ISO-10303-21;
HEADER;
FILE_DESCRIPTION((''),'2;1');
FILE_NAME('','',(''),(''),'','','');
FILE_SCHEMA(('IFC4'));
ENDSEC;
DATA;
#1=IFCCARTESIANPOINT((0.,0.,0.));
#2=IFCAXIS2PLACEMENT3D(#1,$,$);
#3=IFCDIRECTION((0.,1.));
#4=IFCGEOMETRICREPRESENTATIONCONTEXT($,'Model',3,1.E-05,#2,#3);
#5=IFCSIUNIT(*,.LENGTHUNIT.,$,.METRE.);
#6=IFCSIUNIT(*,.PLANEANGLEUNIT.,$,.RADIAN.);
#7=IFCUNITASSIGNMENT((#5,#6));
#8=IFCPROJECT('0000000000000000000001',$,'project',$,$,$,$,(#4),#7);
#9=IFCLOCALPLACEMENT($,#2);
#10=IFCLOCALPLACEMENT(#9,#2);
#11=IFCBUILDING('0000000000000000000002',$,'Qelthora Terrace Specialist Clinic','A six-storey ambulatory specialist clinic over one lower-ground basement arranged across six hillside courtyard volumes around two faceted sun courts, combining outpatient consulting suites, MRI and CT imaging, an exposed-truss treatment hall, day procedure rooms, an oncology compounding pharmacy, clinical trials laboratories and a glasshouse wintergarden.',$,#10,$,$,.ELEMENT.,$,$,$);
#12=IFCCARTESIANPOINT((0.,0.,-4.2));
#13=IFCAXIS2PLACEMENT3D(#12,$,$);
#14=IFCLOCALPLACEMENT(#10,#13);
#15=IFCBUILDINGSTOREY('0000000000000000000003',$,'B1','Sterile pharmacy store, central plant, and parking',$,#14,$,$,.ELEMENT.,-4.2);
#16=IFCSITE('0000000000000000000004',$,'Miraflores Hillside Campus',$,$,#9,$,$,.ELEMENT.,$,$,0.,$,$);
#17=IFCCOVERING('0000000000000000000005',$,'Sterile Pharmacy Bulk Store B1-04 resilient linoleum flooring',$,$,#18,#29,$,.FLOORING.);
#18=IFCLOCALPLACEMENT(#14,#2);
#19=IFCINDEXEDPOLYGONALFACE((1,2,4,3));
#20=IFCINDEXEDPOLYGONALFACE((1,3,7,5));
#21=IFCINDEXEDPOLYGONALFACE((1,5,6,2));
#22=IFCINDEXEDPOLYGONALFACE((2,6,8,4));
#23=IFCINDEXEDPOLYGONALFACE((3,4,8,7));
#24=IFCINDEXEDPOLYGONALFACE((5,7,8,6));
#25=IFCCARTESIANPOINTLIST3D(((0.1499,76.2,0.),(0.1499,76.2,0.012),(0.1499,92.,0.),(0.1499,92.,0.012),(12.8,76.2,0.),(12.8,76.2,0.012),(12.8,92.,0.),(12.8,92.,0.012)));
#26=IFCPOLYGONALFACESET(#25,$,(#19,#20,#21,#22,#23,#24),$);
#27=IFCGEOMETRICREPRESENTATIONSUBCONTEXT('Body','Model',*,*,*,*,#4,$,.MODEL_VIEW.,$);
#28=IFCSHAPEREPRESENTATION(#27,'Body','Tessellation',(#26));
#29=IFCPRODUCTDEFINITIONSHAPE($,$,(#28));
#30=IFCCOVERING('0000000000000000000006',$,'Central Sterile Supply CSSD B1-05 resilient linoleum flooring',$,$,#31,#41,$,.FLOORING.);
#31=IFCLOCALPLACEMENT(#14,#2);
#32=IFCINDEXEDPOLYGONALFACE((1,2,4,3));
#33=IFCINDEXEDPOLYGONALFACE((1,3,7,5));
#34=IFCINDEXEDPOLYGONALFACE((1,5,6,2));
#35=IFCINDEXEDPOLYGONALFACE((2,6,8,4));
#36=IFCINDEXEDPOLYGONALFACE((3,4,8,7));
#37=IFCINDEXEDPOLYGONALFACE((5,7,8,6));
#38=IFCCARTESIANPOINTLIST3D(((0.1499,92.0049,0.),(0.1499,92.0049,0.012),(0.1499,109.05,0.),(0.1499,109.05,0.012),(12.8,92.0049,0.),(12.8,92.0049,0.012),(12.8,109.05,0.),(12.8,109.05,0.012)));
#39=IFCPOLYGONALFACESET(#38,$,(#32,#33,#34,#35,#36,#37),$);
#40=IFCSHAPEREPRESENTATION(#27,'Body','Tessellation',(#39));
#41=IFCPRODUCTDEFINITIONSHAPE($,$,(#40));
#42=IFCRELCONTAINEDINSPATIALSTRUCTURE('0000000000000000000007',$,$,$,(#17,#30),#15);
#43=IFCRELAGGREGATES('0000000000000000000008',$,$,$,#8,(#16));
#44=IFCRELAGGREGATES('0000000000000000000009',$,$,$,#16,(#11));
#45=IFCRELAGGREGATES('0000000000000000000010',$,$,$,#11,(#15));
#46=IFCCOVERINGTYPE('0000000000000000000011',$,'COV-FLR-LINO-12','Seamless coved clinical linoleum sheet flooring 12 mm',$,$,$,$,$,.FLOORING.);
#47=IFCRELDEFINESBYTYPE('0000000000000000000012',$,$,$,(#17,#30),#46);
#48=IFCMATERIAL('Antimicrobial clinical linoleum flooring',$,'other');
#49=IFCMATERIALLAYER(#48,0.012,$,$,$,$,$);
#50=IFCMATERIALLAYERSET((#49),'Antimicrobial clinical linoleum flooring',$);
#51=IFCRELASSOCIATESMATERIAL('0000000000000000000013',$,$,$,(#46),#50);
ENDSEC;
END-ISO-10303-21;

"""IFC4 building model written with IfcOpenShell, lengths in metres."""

from ifc_helpers import new_model, si_unit, direction, frame, origin, place, context, subcontext, project, spatial, polyline, outline, extrude, material, layer, layer_set, type_object, element, save


model = new_model("IFC4")

# Units and contexts
model_context = context("Model", 3, precision=1e-05, world=origin(), true_north=direction((0.0, 1.0)))
body_context = subcontext(model_context, "Body", "Model", "MODEL_VIEW")
ifc_project = project(units=[si_unit("LENGTHUNIT", "METRE"), si_unit("PLANEANGLEUNIT", "RADIAN")], contexts=[model_context])

# Site, building, storey
site_placement = place(None, origin())
site = spatial("IfcSite", under=ifc_project, at=site_placement, Name="Miraflores Hillside Campus", CompositionType="ELEMENT", RefElevation=0.0)
building_placement = place(site_placement, origin())
building = spatial("IfcBuilding", under=site, at=building_placement, Name="Qelthora Terrace Specialist Clinic", Description="A six-storey ambulatory specialist clinic over one lower-ground basement arranged across six hillside courtyard volumes around two faceted sun courts, combining outpatient consulting suites, MRI and CT imaging, an exposed-truss treatment hall, day procedure rooms, an oncology compounding pharmacy, clinical trials laboratories and a glasshouse wintergarden.", CompositionType="ELEMENT")
storey_placement = place(building_placement, frame((0.0, 0.0, -4.2)))
storey = spatial("IfcBuildingStorey", under=building, at=storey_placement, Name="B1", Description="Sterile pharmacy store, central plant, and parking", CompositionType="ELEMENT", Elevation=-4.2)

# Coverings
ifc_material_1 = material(Name="Antimicrobial clinical linoleum flooring", Category="other")
ifc_layer_1 = layer(ifc_material_1, 0.012)
ifc_layer_set_1 = layer_set([ifc_layer_1], Name="Antimicrobial clinical linoleum flooring")
covering_type_1 = type_object("IfcCoveringType", Name="COV-FLR-LINO-12", Description="Seamless coved clinical linoleum sheet flooring 12 mm", PredefinedType="FLOORING", material=ifc_layer_set_1)
covering_1_placement = place(storey_placement, origin())
element("IfcCovering", 1, at=covering_1_placement, inside=storey, type_object=covering_type_1, Name="Sterile Pharmacy Bulk Store B1-04 resilient linoleum flooring", PredefinedType="FLOORING", context=body_context, shape_type="SweptSolid", body=[
    extrude(outline(polyline([(0.1499, 76.2), (0.1499, 92.0), (12.8, 92.0), (12.8, 76.2), (0.1499, 76.2)])), origin(), (0.0, 0.0, 1.0), 0.012),
])
covering_2_placement = place(storey_placement, origin())
element("IfcCovering", 2, at=covering_2_placement, inside=storey, type_object=covering_type_1, Name="Central Sterile Supply CSSD B1-05 resilient linoleum flooring", PredefinedType="FLOORING", context=body_context, shape_type="SweptSolid", body=[
    extrude(outline(polyline([(0.1499, 92.0049), (0.1499, 109.05), (12.8, 109.05), (12.8, 92.0049), (0.1499, 92.0049)])), origin(), (0.0, 0.0, 1.0), 0.012),
])

save(model, "model.ifc")
